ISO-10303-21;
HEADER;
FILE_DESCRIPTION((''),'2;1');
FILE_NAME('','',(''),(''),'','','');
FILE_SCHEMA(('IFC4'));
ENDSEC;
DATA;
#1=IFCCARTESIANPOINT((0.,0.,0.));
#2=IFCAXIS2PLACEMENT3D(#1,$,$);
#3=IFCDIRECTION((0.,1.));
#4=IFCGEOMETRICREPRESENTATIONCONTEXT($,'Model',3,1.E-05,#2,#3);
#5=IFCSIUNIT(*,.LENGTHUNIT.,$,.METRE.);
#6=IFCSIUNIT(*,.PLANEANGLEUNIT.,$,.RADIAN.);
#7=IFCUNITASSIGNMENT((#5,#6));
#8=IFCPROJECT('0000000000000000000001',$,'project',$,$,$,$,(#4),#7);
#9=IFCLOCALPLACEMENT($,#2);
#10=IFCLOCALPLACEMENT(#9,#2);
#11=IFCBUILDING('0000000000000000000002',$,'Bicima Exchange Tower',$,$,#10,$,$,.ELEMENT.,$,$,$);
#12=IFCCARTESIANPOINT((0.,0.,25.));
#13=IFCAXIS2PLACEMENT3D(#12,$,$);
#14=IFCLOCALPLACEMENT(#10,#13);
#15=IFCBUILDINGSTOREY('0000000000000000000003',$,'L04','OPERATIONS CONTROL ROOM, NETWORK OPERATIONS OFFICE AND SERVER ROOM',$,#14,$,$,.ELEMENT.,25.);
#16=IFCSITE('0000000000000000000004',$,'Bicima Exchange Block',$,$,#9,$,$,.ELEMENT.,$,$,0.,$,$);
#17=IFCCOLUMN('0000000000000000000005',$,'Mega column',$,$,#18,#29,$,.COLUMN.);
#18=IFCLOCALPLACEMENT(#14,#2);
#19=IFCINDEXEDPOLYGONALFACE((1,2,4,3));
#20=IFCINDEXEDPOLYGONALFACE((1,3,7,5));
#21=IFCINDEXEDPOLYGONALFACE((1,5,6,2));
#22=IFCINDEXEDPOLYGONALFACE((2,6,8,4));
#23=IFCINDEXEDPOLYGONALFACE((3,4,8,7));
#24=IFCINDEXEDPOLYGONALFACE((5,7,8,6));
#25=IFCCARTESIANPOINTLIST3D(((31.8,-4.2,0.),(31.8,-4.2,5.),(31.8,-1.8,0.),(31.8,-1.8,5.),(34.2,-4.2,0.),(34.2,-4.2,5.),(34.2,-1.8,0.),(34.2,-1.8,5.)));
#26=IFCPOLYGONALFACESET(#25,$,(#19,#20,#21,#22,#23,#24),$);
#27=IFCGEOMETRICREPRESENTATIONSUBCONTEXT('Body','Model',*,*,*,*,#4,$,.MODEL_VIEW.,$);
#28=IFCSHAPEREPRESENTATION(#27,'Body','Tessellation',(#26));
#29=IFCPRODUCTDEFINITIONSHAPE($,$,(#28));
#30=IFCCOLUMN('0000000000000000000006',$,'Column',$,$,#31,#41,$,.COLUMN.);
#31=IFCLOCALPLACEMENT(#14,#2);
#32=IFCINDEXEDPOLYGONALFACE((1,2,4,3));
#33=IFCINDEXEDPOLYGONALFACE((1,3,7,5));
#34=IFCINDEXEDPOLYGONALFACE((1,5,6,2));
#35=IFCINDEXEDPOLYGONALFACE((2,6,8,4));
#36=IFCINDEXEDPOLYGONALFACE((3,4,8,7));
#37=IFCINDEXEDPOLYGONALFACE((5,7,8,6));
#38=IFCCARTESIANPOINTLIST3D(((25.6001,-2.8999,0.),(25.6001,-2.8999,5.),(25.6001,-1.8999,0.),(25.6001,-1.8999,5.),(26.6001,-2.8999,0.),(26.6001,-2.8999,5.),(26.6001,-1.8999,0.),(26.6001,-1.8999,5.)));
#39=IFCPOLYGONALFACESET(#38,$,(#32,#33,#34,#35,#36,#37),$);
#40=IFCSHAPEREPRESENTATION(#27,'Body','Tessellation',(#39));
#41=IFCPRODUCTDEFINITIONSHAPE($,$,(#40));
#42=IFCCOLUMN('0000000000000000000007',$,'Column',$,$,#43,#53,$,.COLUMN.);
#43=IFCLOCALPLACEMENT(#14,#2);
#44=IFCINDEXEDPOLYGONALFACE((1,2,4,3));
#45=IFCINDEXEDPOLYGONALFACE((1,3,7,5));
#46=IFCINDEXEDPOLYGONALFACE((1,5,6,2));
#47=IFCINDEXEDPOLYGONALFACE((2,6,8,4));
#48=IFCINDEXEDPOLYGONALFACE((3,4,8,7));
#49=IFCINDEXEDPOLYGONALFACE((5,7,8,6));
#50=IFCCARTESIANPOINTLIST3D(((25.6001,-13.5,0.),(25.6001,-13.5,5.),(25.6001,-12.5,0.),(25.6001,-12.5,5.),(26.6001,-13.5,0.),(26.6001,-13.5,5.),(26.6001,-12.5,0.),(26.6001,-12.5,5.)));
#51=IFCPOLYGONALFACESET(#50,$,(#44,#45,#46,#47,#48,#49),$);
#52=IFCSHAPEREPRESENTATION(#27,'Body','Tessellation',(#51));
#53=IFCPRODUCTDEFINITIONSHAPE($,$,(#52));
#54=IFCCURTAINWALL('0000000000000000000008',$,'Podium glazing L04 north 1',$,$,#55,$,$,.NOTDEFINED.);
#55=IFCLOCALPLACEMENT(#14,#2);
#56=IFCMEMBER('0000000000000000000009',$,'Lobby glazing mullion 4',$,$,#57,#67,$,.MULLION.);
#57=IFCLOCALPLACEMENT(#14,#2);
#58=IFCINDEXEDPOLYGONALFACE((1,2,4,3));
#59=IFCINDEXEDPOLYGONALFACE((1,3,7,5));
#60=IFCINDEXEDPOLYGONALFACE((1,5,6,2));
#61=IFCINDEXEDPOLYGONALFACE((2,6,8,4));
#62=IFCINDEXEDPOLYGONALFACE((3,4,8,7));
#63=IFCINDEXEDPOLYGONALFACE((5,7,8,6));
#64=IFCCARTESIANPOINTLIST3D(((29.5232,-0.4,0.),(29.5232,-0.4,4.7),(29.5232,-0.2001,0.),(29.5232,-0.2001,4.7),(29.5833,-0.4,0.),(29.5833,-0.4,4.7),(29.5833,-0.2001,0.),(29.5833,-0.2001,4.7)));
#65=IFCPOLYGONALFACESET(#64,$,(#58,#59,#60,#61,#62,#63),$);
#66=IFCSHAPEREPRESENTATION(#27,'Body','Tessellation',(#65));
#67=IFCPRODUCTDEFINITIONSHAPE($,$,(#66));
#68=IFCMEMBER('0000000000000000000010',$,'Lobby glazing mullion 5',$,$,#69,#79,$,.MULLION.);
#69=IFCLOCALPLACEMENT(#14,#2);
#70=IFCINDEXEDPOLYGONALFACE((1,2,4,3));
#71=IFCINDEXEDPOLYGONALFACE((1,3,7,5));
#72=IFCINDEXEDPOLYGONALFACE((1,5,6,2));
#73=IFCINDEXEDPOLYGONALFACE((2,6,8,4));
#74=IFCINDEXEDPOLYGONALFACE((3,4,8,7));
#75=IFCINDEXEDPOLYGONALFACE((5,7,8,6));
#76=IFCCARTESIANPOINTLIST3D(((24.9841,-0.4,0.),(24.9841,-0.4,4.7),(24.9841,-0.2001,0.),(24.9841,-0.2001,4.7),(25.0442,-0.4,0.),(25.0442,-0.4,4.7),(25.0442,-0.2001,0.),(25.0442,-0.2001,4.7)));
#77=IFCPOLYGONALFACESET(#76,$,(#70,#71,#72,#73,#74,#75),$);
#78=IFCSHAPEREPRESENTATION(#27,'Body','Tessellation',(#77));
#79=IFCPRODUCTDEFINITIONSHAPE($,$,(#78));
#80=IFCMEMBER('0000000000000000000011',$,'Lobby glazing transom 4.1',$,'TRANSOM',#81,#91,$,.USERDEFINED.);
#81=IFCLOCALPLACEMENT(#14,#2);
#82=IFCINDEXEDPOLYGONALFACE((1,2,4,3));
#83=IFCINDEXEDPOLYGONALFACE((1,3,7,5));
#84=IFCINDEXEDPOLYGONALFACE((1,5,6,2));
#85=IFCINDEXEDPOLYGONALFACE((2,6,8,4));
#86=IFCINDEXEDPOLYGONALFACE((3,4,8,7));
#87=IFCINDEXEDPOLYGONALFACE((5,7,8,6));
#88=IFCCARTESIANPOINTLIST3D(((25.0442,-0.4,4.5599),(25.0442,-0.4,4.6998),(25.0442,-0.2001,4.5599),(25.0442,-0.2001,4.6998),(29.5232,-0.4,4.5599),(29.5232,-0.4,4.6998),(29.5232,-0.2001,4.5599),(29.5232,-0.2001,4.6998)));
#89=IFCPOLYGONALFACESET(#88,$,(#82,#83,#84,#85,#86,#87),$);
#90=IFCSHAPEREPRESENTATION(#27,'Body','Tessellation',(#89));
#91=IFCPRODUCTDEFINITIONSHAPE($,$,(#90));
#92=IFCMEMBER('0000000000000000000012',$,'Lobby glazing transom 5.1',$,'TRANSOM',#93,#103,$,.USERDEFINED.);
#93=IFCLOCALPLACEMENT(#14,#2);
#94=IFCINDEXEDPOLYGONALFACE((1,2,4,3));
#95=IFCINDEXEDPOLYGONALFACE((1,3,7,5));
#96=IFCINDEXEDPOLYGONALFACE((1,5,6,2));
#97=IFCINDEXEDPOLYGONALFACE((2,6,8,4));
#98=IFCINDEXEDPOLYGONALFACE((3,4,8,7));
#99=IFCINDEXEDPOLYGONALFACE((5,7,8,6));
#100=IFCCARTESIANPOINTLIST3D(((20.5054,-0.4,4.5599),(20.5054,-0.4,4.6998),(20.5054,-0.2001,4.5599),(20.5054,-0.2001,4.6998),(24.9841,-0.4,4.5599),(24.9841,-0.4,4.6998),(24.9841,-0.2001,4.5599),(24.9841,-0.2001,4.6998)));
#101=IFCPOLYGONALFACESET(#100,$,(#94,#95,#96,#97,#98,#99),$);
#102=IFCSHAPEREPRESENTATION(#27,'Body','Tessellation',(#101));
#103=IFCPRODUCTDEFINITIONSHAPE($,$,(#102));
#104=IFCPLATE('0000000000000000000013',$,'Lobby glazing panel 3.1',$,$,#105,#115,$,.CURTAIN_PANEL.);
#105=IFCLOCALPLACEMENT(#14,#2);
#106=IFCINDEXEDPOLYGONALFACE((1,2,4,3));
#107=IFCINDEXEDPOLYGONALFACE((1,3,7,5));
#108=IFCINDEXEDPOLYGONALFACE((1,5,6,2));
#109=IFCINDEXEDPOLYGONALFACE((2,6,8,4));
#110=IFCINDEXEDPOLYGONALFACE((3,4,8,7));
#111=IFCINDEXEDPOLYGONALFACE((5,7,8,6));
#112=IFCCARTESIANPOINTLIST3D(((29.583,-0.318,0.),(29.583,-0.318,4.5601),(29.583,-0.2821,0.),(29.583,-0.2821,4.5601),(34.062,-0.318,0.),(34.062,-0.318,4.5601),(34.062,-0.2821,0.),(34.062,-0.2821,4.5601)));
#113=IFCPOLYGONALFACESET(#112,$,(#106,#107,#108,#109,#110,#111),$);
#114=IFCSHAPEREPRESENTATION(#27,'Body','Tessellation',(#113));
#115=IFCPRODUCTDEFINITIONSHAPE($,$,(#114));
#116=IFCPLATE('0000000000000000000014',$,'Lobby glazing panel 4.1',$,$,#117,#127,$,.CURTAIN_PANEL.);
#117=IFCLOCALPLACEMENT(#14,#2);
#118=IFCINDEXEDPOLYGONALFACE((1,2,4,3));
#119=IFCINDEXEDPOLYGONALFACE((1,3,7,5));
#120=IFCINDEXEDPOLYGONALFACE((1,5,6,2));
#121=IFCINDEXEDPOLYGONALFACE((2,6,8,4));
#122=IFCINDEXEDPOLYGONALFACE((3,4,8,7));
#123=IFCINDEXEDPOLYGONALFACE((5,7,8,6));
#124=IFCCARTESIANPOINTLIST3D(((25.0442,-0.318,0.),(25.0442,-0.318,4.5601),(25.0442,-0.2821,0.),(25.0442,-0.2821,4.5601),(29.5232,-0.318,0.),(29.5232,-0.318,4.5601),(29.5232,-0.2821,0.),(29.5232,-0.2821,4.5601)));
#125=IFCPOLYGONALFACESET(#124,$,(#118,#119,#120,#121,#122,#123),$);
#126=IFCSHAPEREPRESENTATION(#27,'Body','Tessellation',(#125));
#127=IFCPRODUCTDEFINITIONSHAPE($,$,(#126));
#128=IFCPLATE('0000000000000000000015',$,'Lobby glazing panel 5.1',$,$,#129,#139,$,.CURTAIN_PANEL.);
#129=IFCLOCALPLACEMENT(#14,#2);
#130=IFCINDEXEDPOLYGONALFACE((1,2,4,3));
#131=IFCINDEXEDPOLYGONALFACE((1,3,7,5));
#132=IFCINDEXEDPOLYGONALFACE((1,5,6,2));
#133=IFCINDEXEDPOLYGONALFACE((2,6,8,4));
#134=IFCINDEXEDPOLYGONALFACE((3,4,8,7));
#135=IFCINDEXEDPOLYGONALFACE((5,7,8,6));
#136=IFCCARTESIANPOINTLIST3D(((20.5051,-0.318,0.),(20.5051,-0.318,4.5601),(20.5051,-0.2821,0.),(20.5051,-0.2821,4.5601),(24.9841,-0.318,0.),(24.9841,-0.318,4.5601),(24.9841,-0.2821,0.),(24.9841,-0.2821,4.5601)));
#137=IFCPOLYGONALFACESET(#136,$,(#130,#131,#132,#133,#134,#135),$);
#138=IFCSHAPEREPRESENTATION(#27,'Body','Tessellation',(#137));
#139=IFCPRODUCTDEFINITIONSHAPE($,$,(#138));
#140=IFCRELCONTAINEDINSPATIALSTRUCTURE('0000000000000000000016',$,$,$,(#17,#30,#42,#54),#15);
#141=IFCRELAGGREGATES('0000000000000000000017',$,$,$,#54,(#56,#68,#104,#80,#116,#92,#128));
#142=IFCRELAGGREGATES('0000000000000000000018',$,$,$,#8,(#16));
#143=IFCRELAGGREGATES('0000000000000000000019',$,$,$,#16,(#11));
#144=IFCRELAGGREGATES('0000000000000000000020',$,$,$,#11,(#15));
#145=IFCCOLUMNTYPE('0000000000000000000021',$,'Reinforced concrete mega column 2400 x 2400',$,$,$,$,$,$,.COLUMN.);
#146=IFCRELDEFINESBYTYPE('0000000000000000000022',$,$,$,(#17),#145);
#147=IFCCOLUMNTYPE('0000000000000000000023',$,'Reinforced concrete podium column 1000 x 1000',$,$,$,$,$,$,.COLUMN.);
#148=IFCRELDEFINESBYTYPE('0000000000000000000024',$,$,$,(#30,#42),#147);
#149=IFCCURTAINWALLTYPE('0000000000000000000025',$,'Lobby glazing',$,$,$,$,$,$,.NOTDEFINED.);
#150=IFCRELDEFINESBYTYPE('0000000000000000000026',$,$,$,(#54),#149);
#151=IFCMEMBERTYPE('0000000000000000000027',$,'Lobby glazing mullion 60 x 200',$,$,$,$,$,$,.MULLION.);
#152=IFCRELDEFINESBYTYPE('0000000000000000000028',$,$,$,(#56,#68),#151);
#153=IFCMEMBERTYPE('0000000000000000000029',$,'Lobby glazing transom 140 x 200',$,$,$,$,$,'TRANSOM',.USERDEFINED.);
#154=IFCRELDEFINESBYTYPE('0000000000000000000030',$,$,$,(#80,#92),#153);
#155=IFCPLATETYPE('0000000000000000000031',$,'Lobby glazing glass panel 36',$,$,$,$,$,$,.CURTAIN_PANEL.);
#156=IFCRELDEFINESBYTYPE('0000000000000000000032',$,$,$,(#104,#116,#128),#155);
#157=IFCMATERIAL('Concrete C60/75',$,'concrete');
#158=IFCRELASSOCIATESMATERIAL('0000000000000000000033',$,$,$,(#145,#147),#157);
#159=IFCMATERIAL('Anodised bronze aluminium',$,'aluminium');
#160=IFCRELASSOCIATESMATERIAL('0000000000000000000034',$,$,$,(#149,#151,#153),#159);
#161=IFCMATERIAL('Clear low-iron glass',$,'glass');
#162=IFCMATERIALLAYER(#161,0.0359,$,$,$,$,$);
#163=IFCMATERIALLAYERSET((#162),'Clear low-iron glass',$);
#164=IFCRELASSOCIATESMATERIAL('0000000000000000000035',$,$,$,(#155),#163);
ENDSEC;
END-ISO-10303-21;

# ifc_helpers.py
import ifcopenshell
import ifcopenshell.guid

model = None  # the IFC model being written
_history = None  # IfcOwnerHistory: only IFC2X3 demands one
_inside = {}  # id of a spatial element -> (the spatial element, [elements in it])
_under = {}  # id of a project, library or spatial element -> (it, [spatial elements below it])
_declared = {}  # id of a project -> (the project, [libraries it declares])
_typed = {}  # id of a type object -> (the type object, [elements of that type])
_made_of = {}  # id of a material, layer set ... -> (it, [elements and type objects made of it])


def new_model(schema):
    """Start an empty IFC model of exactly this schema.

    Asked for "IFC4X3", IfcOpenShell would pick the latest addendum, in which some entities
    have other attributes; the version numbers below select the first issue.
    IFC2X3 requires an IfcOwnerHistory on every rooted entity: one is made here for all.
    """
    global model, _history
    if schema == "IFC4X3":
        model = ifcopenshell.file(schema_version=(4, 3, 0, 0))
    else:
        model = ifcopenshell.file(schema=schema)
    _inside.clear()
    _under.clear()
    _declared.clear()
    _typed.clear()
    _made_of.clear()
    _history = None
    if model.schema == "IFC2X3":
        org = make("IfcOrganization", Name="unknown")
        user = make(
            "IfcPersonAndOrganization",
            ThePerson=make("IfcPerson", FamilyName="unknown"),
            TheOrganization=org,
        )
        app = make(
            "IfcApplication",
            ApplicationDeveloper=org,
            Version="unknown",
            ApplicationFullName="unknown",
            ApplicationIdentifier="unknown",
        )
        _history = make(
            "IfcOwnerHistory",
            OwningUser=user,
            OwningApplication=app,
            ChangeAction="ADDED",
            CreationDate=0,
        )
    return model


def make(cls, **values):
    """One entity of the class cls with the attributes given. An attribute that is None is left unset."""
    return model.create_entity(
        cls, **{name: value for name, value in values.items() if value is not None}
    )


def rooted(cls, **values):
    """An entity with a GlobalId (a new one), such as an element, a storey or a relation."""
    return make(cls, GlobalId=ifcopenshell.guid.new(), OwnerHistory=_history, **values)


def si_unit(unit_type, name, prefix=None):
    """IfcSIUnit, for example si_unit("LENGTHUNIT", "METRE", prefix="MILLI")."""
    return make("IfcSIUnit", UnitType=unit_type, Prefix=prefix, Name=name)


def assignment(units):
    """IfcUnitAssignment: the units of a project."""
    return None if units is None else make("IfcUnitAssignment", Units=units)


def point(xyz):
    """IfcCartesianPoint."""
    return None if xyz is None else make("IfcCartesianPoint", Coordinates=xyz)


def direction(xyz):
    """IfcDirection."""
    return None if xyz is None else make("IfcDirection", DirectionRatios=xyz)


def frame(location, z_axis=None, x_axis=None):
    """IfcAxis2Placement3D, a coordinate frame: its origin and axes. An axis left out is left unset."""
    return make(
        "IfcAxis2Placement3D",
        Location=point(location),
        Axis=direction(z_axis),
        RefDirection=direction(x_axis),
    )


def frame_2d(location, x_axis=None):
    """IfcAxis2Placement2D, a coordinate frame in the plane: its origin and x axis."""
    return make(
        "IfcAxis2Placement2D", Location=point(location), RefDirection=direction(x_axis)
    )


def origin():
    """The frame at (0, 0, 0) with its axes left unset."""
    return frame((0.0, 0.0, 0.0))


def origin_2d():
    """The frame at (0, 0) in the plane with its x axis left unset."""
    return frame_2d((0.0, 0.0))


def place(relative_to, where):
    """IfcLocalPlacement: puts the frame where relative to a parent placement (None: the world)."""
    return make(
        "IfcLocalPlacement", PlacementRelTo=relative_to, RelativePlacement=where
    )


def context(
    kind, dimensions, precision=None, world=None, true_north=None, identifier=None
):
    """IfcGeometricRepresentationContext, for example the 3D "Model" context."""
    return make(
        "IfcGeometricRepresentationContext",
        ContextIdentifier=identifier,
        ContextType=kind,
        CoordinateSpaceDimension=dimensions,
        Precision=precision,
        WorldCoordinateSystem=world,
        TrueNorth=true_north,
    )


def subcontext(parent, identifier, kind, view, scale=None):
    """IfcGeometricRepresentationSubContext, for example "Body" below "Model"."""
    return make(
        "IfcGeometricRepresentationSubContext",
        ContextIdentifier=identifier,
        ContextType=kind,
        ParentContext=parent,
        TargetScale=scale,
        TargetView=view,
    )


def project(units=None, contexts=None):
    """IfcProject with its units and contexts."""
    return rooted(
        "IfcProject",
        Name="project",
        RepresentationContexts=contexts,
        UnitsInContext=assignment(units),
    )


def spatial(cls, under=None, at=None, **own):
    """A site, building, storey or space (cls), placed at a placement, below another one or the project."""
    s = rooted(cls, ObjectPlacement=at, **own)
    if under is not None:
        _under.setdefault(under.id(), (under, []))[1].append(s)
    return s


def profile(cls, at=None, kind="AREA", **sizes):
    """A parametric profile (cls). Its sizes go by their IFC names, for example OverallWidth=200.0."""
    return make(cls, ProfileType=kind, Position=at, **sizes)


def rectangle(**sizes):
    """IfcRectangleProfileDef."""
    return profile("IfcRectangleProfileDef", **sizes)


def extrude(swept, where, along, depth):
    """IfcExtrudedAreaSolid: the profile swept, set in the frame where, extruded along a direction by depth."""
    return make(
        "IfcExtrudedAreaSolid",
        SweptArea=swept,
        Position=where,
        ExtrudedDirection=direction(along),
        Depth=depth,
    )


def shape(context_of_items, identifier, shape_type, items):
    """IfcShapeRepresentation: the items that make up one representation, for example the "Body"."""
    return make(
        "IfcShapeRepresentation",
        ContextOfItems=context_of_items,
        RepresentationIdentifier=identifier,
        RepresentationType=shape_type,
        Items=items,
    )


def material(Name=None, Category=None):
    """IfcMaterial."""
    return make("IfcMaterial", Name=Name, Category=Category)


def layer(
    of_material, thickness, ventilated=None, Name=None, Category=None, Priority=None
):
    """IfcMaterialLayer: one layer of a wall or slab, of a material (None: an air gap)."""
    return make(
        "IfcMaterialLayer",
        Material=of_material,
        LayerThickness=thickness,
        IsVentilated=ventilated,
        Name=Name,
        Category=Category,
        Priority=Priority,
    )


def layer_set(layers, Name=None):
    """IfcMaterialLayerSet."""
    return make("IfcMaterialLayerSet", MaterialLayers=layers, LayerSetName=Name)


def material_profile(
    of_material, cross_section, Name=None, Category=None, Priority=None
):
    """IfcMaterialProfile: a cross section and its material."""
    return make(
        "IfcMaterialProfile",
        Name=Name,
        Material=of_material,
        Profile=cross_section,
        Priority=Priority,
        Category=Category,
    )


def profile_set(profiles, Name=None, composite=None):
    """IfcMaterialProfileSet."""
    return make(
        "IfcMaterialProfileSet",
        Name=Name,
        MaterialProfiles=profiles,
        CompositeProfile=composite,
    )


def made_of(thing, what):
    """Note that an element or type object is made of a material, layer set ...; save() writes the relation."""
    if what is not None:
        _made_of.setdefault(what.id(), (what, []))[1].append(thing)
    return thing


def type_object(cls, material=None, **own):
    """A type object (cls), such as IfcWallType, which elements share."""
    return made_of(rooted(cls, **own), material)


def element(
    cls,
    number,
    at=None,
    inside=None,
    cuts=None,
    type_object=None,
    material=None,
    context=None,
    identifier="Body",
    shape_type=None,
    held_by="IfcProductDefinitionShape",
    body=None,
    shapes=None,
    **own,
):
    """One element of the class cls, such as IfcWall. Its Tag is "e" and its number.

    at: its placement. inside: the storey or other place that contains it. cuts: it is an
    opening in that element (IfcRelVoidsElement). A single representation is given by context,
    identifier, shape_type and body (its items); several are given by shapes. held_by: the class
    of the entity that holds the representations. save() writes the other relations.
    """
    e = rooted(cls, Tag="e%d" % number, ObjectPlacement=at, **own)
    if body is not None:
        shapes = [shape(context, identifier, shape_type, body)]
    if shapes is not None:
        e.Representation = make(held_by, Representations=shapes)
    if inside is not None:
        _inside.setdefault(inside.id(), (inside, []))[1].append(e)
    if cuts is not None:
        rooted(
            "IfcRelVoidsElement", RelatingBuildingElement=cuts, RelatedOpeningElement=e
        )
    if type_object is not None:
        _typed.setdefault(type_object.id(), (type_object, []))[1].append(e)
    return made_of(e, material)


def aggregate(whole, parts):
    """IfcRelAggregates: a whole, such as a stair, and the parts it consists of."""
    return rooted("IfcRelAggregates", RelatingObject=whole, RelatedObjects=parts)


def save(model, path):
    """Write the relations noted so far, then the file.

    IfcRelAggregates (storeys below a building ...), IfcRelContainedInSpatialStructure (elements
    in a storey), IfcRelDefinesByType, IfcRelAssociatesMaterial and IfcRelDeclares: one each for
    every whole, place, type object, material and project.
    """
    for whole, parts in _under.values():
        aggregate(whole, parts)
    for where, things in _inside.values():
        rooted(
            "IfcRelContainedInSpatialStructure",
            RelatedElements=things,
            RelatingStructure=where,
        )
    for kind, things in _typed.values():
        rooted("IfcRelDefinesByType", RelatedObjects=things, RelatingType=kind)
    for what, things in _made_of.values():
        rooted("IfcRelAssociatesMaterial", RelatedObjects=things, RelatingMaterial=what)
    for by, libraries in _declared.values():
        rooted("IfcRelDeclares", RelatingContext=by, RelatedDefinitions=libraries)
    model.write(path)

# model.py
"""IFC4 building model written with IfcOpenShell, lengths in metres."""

from ifc_helpers import new_model, si_unit, direction, frame, origin, origin_2d, place, context, subcontext, project, spatial, rectangle, extrude, material, layer, layer_set, material_profile, profile_set, type_object, element, aggregate, save


model = new_model("IFC4")

# Units and contexts
model_context = context("Model", 3, precision=1e-05, world=origin(), true_north=direction((0.0, 1.0)))
body_context = subcontext(model_context, "Body", "Model", "MODEL_VIEW")
ifc_project = project(units=[si_unit("LENGTHUNIT", "METRE"), si_unit("PLANEANGLEUNIT", "RADIAN")], contexts=[model_context])

# Site, building, storey
site_placement = place(None, origin())
site = spatial("IfcSite", under=ifc_project, at=site_placement, Name="Bicima Exchange Block", CompositionType="ELEMENT", RefElevation=0.0)
building_placement = place(site_placement, origin())
building = spatial("IfcBuilding", under=site, at=building_placement, Name="Bicima Exchange Tower", CompositionType="ELEMENT")
storey_placement = place(building_placement, frame((0.0, 0.0, 25.0)))
storey = spatial("IfcBuildingStorey", under=building, at=storey_placement, Name="L04", Description="OPERATIONS CONTROL ROOM, NETWORK OPERATIONS OFFICE AND SERVER ROOM", CompositionType="ELEMENT", Elevation=25.0)

# Columns
ifc_material_1 = material(Name="Concrete C60/75", Category="concrete")
ifc_material_profile_1 = material_profile(ifc_material_1, rectangle(XDim=2.3999, YDim=2.3999, at=origin_2d()))
ifc_profile_set_1 = profile_set([ifc_material_profile_1], Name="Concrete C60/75")
column_type_1 = type_object("IfcColumnType", Name="Reinforced concrete mega column 2400 x 2400", PredefinedType="COLUMN", material=ifc_profile_set_1)
column_placement = place(storey_placement, frame((33.0, -3.0, 0.0), z_axis=(0.0, 0.0, 1.0), x_axis=(1.0, 0.0, 0.0)))
element("IfcColumn", 1, at=column_placement, inside=storey, type_object=column_type_1, Name="Mega column", PredefinedType="COLUMN", context=body_context, shape_type="SweptSolid", body=[
    extrude(rectangle(XDim=2.3999, YDim=2.3999, at=origin_2d()), origin(), (0.0, 0.0, 1.0), 5.0),
])
ifc_material_profile_2 = material_profile(ifc_material_1, rectangle(XDim=1.0, YDim=1.0, at=origin_2d()))
ifc_profile_set_2 = profile_set([ifc_material_profile_2], Name="Concrete C60/75")
column_type_2 = type_object("IfcColumnType", Name="Reinforced concrete podium column 1000 x 1000", PredefinedType="COLUMN", material=ifc_profile_set_2)
for number, where, z_axis, x_axis, name in (
    (2, (26.1001, -2.3999, 0.0), (0.0, 0.0, 1.0), (1.0, 0.0, 0.0), "Column"),
    (3, (26.1001, -13.0, 0.0), (0.0, 0.0, 1.0), (1.0, 0.0, 0.0), "Column"),
):
    element("IfcColumn", number, at=place(storey_placement, frame(where, z_axis=z_axis, x_axis=x_axis)), inside=storey, type_object=column_type_2, Name=name, PredefinedType="COLUMN", context=body_context, shape_type="SweptSolid", body=[
        extrude(rectangle(XDim=1.0, YDim=1.0, at=origin_2d()), origin(), (0.0, 0.0, 1.0), 5.0),
    ])

# Curtain wall, members, plates
ifc_material_2 = material(Name="Anodised bronze aluminium", Category="aluminium")
curtain_wall_type = type_object("IfcCurtainWallType", Name="Lobby glazing", PredefinedType="NOTDEFINED", material=ifc_material_2)
curtain_wall_placement = place(storey_placement, origin())
curtain_wall = element("IfcCurtainWall", 4, at=curtain_wall_placement, inside=storey, type_object=curtain_wall_type, Name="Podium glazing L04 north 1", PredefinedType="NOTDEFINED")
ifc_material_profile_3 = material_profile(ifc_material_2, rectangle(XDim=0.2, YDim=0.0601, at=origin_2d()))
ifc_profile_set_3 = profile_set([ifc_material_profile_3], Name="Anodised bronze aluminium")
member_type_1 = type_object("IfcMemberType", Name="Lobby glazing mullion 60 x 200", PredefinedType="MULLION", material=ifc_profile_set_3)
member_1_placement = place(storey_placement, frame((29.5532, -0.3, 0.0), z_axis=(0.0, 0.0, 1.0), x_axis=(0.0, -1.0, 0.0)))
member_1 = element("IfcMember", 5, at=member_1_placement, type_object=member_type_1, Name="Lobby glazing mullion 4", PredefinedType="MULLION", context=body_context, shape_type="SweptSolid", body=[
    extrude(rectangle(XDim=0.2, YDim=0.0601, at=origin_2d()), origin(), (0.0, 0.0, 1.0), 4.7),
])
member_2_placement = place(storey_placement, frame((25.0142, -0.3, 0.0), z_axis=(0.0, 0.0, 1.0), x_axis=(0.0, -1.0, 0.0)))
member_2 = element("IfcMember", 6, at=member_2_placement, type_object=member_type_1, Name="Lobby glazing mullion 5", PredefinedType="MULLION", context=body_context, shape_type="SweptSolid", body=[
    extrude(rectangle(XDim=0.2, YDim=0.0601, at=origin_2d()), origin(), (0.0, 0.0, 1.0), 4.7),
])
ifc_material_profile_4 = material_profile(ifc_material_2, rectangle(XDim=0.2, YDim=0.1399, at=origin_2d()))
ifc_profile_set_4 = profile_set([ifc_material_profile_4], Name="Anodised bronze aluminium")
member_type_2 = type_object("IfcMemberType", Name="Lobby glazing transom 140 x 200", ElementType="TRANSOM", PredefinedType="USERDEFINED", material=ifc_profile_set_4)
member_3_placement = place(storey_placement, frame((29.5232, -0.3, 4.6299), z_axis=(-1.0, 0.0, 0.0), x_axis=(0.0, -1.0, 0.0)))
member_3 = element("IfcMember", 7, at=member_3_placement, type_object=member_type_2, Name="Lobby glazing transom 4.1", ObjectType="TRANSOM", PredefinedType="USERDEFINED", context=body_context, shape_type="SweptSolid", body=[
    extrude(rectangle(XDim=0.2, YDim=0.1399, at=origin_2d()), origin(), (0.0, 0.0, 1.0), 4.479),
])
member_4_placement = place(storey_placement, frame((24.9841, -0.3, 4.6299), z_axis=(-1.0, 0.0, 0.0), x_axis=(0.0, -1.0, 0.0)))
member_4 = element("IfcMember", 8, at=member_4_placement, type_object=member_type_2, Name="Lobby glazing transom 5.1", ObjectType="TRANSOM", PredefinedType="USERDEFINED", context=body_context, shape_type="SweptSolid", body=[
    extrude(rectangle(XDim=0.2, YDim=0.1399, at=origin_2d()), origin(), (0.0, 0.0, 1.0), 4.4788),
])
ifc_material_3 = material(Name="Clear low-iron glass", Category="glass")
ifc_layer_1 = layer(ifc_material_3, 0.0359)
ifc_layer_set_1 = layer_set([ifc_layer_1], Name="Clear low-iron glass")
plate_type = type_object("IfcPlateType", Name="Lobby glazing glass panel 36", PredefinedType="CURTAIN_PANEL", material=ifc_layer_set_1)
plate_1_placement = place(storey_placement, frame((31.8225, -0.3, 0.0), z_axis=(0.0, 0.0, 1.0), x_axis=(-1.0, 0.0, 0.0)))
plate_1 = element("IfcPlate", 9, at=plate_1_placement, type_object=plate_type, Name="Lobby glazing panel 3.1", PredefinedType="CURTAIN_PANEL", context=body_context, shape_type="SweptSolid", body=[
    extrude(rectangle(XDim=4.479, YDim=0.0359, at=origin_2d()), origin(), (0.0, 0.0, 1.0), 4.5601),
])
plate_2_placement = place(storey_placement, frame((27.2837, -0.3, 0.0), z_axis=(0.0, 0.0, 1.0), x_axis=(-1.0, 0.0, 0.0)))
plate_2 = element("IfcPlate", 10, at=plate_2_placement, type_object=plate_type, Name="Lobby glazing panel 4.1", PredefinedType="CURTAIN_PANEL", context=body_context, shape_type="SweptSolid", body=[
    extrude(rectangle(XDim=4.479, YDim=0.0359, at=origin_2d()), origin(), (0.0, 0.0, 1.0), 4.5601),
])
plate_3_placement = place(storey_placement, frame((22.7446, -0.3, 0.0), z_axis=(0.0, 0.0, 1.0), x_axis=(-1.0, 0.0, 0.0)))
plate_3 = element("IfcPlate", 11, at=plate_3_placement, type_object=plate_type, Name="Lobby glazing panel 5.1", PredefinedType="CURTAIN_PANEL", context=body_context, shape_type="SweptSolid", body=[
    extrude(rectangle(XDim=4.479, YDim=0.0359, at=origin_2d()), origin(), (0.0, 0.0, 1.0), 4.5601),
])
aggregate(curtain_wall, [member_1, member_2, plate_1, member_3, plate_2, member_4, plate_3])

save(model, "model.ifc")
